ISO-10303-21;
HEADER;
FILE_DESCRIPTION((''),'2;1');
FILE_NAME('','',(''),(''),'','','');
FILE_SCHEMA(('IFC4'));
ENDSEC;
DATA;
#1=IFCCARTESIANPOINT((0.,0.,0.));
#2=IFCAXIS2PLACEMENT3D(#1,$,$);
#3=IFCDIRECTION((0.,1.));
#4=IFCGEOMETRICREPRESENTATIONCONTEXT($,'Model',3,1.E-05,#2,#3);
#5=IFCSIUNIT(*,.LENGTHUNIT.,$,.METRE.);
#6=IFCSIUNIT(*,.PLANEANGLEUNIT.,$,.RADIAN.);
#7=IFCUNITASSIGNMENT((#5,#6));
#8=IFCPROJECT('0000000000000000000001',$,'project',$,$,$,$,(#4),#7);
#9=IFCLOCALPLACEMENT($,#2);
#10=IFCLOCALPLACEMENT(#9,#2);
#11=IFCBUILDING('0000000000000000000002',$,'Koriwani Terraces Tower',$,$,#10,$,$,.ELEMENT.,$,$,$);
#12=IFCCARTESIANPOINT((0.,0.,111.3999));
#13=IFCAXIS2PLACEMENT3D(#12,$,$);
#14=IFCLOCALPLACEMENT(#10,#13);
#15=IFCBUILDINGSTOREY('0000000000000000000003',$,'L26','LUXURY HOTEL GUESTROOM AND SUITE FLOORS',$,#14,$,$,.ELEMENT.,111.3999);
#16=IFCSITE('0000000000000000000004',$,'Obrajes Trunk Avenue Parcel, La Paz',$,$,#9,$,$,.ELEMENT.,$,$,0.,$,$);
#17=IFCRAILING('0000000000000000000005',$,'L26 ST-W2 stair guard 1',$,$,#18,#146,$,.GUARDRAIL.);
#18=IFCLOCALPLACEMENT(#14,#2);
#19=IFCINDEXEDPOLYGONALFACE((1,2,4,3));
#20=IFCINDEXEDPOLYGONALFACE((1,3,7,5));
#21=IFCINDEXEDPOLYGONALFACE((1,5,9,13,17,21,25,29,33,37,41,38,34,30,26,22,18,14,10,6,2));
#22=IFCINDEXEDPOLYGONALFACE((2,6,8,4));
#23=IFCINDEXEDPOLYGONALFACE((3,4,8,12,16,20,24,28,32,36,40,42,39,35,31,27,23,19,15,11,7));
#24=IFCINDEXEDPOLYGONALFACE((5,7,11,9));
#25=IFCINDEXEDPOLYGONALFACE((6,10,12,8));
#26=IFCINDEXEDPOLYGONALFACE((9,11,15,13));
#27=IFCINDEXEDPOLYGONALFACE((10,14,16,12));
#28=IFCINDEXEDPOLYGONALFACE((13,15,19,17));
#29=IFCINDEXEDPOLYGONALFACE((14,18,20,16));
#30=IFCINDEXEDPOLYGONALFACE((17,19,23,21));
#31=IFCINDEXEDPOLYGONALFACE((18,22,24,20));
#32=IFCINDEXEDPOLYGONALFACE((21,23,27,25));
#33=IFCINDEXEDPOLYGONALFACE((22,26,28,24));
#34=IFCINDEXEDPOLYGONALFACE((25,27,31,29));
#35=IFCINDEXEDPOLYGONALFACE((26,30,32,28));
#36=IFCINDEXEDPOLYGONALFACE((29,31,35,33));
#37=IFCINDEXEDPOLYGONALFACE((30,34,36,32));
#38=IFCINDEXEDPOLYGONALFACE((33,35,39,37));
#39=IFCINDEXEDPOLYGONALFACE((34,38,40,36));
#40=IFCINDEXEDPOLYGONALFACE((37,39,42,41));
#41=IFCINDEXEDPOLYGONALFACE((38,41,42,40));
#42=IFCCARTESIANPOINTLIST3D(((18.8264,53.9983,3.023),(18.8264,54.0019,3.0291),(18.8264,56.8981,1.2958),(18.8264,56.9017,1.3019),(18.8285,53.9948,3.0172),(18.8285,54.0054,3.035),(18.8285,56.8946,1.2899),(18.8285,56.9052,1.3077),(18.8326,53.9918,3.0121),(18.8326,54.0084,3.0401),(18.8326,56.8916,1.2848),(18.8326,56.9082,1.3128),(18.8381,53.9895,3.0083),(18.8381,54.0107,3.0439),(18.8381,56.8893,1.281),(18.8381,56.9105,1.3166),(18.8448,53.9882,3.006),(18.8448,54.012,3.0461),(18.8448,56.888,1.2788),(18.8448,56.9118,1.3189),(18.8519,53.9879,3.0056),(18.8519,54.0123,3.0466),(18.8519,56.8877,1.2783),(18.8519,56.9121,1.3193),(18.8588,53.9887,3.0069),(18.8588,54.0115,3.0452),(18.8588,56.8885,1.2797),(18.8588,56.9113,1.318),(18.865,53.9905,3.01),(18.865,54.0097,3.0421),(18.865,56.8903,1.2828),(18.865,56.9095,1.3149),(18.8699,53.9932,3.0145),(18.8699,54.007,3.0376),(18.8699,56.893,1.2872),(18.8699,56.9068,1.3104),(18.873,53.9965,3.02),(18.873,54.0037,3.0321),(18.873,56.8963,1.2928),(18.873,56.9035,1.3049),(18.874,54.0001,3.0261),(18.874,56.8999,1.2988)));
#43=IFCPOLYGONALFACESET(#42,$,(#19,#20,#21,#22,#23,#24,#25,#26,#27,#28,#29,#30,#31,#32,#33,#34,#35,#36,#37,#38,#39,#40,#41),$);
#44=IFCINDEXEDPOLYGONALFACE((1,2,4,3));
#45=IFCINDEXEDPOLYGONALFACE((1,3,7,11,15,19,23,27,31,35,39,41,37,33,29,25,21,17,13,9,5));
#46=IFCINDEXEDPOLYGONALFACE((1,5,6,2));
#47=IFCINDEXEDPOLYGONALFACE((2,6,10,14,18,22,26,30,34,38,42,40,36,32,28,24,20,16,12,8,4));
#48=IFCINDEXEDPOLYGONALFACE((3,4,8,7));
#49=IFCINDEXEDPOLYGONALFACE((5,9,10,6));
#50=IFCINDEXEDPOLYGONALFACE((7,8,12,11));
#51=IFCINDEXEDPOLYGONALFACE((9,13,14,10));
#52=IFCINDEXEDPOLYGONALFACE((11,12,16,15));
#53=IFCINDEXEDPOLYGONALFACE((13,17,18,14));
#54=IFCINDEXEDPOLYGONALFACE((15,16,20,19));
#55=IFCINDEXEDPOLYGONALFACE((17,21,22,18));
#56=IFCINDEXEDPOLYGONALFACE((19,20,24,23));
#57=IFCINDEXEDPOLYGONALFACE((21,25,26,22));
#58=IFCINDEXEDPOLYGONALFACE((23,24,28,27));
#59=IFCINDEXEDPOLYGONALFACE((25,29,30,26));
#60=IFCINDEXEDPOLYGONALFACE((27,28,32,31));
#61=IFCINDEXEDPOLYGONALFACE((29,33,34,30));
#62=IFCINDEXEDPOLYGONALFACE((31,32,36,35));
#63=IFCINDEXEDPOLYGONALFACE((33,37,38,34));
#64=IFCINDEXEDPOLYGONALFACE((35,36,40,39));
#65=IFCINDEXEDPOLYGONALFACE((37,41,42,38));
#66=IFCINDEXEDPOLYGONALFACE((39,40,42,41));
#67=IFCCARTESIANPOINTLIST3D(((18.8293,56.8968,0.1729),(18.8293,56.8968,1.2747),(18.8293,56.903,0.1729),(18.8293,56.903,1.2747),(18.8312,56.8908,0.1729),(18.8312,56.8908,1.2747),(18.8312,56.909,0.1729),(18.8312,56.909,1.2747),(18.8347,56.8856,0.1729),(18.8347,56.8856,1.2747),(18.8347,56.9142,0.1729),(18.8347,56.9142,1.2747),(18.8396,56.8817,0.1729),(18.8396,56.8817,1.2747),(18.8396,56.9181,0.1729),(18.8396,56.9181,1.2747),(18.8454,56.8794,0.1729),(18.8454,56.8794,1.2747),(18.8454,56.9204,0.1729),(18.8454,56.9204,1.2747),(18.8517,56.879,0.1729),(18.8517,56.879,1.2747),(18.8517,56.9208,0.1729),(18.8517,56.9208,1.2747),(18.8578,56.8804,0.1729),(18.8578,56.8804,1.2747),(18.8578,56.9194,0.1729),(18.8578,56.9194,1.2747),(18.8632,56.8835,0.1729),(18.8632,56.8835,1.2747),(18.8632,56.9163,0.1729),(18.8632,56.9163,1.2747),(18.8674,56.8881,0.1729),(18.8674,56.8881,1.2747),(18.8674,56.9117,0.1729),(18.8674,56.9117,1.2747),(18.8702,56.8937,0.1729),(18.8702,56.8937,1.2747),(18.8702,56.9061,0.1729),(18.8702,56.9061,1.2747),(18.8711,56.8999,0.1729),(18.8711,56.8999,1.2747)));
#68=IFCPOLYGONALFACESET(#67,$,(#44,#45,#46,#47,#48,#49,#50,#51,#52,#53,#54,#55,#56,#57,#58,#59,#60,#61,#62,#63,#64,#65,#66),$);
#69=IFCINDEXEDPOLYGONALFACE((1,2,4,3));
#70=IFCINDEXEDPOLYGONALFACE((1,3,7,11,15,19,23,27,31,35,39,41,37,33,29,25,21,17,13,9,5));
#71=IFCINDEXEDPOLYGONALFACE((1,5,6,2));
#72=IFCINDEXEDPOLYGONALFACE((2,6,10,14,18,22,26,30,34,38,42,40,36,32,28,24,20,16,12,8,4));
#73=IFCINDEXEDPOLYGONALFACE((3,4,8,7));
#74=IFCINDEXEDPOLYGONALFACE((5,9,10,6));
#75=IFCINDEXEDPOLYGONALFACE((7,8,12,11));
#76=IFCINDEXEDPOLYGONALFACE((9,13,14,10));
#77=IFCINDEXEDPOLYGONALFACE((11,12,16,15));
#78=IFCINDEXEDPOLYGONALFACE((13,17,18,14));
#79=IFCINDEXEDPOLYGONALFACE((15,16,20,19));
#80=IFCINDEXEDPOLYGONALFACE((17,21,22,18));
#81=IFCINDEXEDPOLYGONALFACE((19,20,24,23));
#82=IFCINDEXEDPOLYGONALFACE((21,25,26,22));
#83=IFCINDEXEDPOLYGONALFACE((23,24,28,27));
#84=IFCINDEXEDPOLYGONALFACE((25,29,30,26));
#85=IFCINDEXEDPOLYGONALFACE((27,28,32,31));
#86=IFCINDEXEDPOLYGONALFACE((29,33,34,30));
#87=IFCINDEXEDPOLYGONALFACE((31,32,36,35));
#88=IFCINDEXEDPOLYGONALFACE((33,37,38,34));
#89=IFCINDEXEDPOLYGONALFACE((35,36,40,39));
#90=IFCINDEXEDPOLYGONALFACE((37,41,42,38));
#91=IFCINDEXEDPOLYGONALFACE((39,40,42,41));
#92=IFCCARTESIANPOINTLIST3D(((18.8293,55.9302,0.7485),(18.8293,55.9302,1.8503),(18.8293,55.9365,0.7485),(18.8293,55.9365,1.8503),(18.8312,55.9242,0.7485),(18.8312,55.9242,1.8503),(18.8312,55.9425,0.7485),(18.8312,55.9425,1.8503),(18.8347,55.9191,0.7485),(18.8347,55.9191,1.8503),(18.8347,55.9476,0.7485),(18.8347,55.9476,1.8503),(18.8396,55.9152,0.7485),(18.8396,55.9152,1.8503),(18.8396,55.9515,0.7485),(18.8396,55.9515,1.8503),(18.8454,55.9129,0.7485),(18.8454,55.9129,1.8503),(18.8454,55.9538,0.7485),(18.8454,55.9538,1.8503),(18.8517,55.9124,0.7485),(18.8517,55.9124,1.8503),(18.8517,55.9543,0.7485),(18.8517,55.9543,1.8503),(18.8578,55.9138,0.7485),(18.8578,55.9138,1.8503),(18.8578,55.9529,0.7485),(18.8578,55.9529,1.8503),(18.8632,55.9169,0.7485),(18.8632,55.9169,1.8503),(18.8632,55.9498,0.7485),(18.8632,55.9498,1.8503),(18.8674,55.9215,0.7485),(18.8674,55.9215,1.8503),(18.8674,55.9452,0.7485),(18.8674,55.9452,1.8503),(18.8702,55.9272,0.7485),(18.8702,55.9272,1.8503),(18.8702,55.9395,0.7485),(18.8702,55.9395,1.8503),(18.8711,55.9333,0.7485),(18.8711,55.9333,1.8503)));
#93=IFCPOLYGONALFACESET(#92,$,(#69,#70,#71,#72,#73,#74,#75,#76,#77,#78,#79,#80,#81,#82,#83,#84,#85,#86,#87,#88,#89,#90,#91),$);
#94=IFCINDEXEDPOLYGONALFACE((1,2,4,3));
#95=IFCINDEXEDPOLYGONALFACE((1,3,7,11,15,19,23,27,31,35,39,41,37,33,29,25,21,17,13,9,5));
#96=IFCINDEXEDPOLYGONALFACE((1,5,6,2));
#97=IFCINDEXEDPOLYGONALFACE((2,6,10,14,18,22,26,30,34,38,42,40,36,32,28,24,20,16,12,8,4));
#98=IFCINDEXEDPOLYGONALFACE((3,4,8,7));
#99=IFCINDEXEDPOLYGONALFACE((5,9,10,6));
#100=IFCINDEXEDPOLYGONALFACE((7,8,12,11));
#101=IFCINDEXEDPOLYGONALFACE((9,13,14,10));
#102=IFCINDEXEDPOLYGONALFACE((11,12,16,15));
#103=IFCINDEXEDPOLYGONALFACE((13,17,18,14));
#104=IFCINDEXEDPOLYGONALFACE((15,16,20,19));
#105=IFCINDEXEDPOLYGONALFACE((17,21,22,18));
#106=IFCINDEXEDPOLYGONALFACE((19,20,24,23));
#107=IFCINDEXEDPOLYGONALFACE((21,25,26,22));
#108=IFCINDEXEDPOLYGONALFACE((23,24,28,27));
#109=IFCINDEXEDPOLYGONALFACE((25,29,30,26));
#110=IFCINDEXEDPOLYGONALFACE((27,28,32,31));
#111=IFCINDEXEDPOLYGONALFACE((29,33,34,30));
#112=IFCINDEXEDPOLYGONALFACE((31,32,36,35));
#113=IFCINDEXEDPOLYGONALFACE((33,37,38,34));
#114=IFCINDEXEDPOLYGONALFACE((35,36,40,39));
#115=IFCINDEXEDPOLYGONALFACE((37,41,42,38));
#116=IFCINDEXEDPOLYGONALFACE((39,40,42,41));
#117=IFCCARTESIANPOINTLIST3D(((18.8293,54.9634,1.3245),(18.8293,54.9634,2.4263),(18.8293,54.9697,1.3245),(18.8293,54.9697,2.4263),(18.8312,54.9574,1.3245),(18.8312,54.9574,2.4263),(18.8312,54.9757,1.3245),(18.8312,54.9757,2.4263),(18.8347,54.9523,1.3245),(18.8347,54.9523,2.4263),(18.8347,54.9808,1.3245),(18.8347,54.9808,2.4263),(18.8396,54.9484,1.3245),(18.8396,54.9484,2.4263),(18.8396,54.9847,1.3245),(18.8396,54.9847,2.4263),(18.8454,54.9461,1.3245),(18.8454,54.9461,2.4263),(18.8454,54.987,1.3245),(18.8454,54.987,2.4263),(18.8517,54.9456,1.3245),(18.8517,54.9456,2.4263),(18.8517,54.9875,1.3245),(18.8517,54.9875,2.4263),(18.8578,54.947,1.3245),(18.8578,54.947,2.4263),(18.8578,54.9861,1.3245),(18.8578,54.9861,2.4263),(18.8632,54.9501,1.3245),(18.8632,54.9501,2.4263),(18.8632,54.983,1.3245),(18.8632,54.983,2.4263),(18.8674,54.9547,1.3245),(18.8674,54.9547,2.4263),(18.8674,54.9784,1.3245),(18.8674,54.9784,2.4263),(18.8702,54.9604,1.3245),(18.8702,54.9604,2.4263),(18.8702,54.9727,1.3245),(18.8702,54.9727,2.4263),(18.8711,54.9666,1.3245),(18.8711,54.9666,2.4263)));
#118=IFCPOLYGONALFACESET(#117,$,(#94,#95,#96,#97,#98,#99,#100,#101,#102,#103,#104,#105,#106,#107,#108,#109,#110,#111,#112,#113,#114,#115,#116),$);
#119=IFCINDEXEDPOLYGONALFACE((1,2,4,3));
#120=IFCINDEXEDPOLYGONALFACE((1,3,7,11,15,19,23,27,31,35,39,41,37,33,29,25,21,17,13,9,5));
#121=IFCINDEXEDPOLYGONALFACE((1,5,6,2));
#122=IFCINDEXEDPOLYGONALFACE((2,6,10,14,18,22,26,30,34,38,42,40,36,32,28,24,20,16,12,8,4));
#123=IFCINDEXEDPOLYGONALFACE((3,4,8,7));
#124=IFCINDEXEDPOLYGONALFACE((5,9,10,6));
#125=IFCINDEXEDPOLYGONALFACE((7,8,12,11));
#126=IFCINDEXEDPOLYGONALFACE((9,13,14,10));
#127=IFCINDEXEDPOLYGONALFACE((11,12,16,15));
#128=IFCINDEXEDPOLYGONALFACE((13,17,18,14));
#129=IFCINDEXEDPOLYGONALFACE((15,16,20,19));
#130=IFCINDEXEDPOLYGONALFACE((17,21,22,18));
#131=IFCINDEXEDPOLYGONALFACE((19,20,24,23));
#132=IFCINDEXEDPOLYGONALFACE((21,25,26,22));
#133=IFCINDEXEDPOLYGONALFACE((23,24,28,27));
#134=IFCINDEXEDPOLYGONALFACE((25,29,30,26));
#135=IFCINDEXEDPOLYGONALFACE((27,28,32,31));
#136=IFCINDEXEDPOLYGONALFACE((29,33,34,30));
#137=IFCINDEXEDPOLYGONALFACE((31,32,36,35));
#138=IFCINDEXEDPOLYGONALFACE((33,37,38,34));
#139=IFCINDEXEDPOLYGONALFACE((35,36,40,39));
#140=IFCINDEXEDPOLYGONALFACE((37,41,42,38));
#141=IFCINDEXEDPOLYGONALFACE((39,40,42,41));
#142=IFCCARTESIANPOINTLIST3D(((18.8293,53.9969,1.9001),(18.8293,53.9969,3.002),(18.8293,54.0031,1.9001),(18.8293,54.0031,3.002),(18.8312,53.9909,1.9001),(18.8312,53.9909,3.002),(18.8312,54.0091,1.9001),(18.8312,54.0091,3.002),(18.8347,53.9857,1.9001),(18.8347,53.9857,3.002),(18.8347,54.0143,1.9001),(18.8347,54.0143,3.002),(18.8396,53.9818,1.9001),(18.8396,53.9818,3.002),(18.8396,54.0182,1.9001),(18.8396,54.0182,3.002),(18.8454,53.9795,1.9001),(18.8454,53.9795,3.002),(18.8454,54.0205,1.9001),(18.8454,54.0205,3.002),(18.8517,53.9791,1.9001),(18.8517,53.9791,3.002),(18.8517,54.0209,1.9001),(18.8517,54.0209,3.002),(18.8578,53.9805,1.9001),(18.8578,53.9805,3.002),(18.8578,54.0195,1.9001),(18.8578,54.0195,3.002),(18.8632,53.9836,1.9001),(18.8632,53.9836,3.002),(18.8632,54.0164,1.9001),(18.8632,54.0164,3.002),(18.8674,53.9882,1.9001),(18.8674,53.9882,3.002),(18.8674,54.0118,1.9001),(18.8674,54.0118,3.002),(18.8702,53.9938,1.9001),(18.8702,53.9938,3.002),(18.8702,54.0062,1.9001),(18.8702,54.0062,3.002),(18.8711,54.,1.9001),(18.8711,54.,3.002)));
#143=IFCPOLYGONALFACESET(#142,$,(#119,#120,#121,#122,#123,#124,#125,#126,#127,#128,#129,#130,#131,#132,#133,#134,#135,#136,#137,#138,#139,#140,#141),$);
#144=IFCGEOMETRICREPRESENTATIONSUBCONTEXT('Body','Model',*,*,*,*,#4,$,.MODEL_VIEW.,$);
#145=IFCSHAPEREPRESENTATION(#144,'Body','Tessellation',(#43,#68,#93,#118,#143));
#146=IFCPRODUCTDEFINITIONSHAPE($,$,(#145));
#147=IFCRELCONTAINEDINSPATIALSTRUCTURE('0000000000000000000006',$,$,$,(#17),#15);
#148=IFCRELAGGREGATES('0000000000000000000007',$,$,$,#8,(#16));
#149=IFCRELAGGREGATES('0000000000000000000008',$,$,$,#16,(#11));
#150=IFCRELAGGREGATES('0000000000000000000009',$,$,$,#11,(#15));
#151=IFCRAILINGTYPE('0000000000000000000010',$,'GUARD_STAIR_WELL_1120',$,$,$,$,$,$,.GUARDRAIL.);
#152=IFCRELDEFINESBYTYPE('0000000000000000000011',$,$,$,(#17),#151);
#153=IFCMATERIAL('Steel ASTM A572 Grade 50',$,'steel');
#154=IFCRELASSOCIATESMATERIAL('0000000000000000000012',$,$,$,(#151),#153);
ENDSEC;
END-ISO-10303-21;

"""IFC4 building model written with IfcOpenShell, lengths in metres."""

from ifc_helpers import new_model, si_unit, direction, frame, origin, origin_2d, place, context, subcontext, project, spatial, circle, extrude, material, type_object, element, save


model = new_model("IFC4")

# Units and contexts
model_context = context("Model", 3, precision=1e-05, world=origin(), true_north=direction((0.0, 1.0)))
body_context = subcontext(model_context, "Body", "Model", "MODEL_VIEW")
ifc_project = project(units=[si_unit("LENGTHUNIT", "METRE"), si_unit("PLANEANGLEUNIT", "RADIAN")], contexts=[model_context])

# Site, building, storey
site_placement = place(None, origin())
site = spatial("IfcSite", under=ifc_project, at=site_placement, Name="Obrajes Trunk Avenue Parcel, La Paz", CompositionType="ELEMENT", RefElevation=0.0)
building_placement = place(site_placement, origin())
building = spatial("IfcBuilding", under=site, at=building_placement, Name="Koriwani Terraces Tower", CompositionType="ELEMENT")
storey_placement = place(building_placement, frame((0.0, 0.0, 111.3999)))
storey = spatial("IfcBuildingStorey", under=building, at=storey_placement, Name="L26", Description="LUXURY HOTEL GUESTROOM AND SUITE FLOORS", CompositionType="ELEMENT", Elevation=111.3999)

# Shared definitions
ifc_material_1 = material(Name="Steel ASTM A572 Grade 50", Category="steel")

# Railing
railing_type = type_object("IfcRailingType", Name="GUARD_STAIR_WELL_1120", PredefinedType="GUARDRAIL", material=ifc_material_1)
railing_1_placement = place(storey_placement, frame((18.8501, 56.8999, 0.1729)))
element("IfcRailing", 1, at=railing_1_placement, inside=storey, type_object=railing_type, Name="L26 ST-W2 stair guard 1", PredefinedType="GUARDRAIL", context=body_context, shape_type="SweptSolid", body=[
    extrude(circle(Radius=0.0239, at=origin_2d()), frame((0.0, 0.0, 1.126), z_axis=(0.0, -0.859141, 0.511738), x_axis=(1.0, 0.0, 0.0)), (0.0, 0.0, 1.0), 3.3752),
    extrude(circle(Radius=0.021, at=origin_2d()), origin(), (0.0, 0.0, 1.0), 1.1018),
    extrude(circle(Radius=0.021, at=origin_2d()), frame((0.0, -0.9666, 0.5757)), (0.0, 0.0, 1.0), 1.1018),
    extrude(circle(Radius=0.021, at=origin_2d()), frame((0.0, -1.9333, 1.1516)), (0.0, 0.0, 1.0), 1.1018),
    extrude(circle(Radius=0.021, at=origin_2d()), frame((0.0, -2.8999, 1.7273)), (0.0, 0.0, 1.0), 1.1018),
])

save(model, "model.ifc")
